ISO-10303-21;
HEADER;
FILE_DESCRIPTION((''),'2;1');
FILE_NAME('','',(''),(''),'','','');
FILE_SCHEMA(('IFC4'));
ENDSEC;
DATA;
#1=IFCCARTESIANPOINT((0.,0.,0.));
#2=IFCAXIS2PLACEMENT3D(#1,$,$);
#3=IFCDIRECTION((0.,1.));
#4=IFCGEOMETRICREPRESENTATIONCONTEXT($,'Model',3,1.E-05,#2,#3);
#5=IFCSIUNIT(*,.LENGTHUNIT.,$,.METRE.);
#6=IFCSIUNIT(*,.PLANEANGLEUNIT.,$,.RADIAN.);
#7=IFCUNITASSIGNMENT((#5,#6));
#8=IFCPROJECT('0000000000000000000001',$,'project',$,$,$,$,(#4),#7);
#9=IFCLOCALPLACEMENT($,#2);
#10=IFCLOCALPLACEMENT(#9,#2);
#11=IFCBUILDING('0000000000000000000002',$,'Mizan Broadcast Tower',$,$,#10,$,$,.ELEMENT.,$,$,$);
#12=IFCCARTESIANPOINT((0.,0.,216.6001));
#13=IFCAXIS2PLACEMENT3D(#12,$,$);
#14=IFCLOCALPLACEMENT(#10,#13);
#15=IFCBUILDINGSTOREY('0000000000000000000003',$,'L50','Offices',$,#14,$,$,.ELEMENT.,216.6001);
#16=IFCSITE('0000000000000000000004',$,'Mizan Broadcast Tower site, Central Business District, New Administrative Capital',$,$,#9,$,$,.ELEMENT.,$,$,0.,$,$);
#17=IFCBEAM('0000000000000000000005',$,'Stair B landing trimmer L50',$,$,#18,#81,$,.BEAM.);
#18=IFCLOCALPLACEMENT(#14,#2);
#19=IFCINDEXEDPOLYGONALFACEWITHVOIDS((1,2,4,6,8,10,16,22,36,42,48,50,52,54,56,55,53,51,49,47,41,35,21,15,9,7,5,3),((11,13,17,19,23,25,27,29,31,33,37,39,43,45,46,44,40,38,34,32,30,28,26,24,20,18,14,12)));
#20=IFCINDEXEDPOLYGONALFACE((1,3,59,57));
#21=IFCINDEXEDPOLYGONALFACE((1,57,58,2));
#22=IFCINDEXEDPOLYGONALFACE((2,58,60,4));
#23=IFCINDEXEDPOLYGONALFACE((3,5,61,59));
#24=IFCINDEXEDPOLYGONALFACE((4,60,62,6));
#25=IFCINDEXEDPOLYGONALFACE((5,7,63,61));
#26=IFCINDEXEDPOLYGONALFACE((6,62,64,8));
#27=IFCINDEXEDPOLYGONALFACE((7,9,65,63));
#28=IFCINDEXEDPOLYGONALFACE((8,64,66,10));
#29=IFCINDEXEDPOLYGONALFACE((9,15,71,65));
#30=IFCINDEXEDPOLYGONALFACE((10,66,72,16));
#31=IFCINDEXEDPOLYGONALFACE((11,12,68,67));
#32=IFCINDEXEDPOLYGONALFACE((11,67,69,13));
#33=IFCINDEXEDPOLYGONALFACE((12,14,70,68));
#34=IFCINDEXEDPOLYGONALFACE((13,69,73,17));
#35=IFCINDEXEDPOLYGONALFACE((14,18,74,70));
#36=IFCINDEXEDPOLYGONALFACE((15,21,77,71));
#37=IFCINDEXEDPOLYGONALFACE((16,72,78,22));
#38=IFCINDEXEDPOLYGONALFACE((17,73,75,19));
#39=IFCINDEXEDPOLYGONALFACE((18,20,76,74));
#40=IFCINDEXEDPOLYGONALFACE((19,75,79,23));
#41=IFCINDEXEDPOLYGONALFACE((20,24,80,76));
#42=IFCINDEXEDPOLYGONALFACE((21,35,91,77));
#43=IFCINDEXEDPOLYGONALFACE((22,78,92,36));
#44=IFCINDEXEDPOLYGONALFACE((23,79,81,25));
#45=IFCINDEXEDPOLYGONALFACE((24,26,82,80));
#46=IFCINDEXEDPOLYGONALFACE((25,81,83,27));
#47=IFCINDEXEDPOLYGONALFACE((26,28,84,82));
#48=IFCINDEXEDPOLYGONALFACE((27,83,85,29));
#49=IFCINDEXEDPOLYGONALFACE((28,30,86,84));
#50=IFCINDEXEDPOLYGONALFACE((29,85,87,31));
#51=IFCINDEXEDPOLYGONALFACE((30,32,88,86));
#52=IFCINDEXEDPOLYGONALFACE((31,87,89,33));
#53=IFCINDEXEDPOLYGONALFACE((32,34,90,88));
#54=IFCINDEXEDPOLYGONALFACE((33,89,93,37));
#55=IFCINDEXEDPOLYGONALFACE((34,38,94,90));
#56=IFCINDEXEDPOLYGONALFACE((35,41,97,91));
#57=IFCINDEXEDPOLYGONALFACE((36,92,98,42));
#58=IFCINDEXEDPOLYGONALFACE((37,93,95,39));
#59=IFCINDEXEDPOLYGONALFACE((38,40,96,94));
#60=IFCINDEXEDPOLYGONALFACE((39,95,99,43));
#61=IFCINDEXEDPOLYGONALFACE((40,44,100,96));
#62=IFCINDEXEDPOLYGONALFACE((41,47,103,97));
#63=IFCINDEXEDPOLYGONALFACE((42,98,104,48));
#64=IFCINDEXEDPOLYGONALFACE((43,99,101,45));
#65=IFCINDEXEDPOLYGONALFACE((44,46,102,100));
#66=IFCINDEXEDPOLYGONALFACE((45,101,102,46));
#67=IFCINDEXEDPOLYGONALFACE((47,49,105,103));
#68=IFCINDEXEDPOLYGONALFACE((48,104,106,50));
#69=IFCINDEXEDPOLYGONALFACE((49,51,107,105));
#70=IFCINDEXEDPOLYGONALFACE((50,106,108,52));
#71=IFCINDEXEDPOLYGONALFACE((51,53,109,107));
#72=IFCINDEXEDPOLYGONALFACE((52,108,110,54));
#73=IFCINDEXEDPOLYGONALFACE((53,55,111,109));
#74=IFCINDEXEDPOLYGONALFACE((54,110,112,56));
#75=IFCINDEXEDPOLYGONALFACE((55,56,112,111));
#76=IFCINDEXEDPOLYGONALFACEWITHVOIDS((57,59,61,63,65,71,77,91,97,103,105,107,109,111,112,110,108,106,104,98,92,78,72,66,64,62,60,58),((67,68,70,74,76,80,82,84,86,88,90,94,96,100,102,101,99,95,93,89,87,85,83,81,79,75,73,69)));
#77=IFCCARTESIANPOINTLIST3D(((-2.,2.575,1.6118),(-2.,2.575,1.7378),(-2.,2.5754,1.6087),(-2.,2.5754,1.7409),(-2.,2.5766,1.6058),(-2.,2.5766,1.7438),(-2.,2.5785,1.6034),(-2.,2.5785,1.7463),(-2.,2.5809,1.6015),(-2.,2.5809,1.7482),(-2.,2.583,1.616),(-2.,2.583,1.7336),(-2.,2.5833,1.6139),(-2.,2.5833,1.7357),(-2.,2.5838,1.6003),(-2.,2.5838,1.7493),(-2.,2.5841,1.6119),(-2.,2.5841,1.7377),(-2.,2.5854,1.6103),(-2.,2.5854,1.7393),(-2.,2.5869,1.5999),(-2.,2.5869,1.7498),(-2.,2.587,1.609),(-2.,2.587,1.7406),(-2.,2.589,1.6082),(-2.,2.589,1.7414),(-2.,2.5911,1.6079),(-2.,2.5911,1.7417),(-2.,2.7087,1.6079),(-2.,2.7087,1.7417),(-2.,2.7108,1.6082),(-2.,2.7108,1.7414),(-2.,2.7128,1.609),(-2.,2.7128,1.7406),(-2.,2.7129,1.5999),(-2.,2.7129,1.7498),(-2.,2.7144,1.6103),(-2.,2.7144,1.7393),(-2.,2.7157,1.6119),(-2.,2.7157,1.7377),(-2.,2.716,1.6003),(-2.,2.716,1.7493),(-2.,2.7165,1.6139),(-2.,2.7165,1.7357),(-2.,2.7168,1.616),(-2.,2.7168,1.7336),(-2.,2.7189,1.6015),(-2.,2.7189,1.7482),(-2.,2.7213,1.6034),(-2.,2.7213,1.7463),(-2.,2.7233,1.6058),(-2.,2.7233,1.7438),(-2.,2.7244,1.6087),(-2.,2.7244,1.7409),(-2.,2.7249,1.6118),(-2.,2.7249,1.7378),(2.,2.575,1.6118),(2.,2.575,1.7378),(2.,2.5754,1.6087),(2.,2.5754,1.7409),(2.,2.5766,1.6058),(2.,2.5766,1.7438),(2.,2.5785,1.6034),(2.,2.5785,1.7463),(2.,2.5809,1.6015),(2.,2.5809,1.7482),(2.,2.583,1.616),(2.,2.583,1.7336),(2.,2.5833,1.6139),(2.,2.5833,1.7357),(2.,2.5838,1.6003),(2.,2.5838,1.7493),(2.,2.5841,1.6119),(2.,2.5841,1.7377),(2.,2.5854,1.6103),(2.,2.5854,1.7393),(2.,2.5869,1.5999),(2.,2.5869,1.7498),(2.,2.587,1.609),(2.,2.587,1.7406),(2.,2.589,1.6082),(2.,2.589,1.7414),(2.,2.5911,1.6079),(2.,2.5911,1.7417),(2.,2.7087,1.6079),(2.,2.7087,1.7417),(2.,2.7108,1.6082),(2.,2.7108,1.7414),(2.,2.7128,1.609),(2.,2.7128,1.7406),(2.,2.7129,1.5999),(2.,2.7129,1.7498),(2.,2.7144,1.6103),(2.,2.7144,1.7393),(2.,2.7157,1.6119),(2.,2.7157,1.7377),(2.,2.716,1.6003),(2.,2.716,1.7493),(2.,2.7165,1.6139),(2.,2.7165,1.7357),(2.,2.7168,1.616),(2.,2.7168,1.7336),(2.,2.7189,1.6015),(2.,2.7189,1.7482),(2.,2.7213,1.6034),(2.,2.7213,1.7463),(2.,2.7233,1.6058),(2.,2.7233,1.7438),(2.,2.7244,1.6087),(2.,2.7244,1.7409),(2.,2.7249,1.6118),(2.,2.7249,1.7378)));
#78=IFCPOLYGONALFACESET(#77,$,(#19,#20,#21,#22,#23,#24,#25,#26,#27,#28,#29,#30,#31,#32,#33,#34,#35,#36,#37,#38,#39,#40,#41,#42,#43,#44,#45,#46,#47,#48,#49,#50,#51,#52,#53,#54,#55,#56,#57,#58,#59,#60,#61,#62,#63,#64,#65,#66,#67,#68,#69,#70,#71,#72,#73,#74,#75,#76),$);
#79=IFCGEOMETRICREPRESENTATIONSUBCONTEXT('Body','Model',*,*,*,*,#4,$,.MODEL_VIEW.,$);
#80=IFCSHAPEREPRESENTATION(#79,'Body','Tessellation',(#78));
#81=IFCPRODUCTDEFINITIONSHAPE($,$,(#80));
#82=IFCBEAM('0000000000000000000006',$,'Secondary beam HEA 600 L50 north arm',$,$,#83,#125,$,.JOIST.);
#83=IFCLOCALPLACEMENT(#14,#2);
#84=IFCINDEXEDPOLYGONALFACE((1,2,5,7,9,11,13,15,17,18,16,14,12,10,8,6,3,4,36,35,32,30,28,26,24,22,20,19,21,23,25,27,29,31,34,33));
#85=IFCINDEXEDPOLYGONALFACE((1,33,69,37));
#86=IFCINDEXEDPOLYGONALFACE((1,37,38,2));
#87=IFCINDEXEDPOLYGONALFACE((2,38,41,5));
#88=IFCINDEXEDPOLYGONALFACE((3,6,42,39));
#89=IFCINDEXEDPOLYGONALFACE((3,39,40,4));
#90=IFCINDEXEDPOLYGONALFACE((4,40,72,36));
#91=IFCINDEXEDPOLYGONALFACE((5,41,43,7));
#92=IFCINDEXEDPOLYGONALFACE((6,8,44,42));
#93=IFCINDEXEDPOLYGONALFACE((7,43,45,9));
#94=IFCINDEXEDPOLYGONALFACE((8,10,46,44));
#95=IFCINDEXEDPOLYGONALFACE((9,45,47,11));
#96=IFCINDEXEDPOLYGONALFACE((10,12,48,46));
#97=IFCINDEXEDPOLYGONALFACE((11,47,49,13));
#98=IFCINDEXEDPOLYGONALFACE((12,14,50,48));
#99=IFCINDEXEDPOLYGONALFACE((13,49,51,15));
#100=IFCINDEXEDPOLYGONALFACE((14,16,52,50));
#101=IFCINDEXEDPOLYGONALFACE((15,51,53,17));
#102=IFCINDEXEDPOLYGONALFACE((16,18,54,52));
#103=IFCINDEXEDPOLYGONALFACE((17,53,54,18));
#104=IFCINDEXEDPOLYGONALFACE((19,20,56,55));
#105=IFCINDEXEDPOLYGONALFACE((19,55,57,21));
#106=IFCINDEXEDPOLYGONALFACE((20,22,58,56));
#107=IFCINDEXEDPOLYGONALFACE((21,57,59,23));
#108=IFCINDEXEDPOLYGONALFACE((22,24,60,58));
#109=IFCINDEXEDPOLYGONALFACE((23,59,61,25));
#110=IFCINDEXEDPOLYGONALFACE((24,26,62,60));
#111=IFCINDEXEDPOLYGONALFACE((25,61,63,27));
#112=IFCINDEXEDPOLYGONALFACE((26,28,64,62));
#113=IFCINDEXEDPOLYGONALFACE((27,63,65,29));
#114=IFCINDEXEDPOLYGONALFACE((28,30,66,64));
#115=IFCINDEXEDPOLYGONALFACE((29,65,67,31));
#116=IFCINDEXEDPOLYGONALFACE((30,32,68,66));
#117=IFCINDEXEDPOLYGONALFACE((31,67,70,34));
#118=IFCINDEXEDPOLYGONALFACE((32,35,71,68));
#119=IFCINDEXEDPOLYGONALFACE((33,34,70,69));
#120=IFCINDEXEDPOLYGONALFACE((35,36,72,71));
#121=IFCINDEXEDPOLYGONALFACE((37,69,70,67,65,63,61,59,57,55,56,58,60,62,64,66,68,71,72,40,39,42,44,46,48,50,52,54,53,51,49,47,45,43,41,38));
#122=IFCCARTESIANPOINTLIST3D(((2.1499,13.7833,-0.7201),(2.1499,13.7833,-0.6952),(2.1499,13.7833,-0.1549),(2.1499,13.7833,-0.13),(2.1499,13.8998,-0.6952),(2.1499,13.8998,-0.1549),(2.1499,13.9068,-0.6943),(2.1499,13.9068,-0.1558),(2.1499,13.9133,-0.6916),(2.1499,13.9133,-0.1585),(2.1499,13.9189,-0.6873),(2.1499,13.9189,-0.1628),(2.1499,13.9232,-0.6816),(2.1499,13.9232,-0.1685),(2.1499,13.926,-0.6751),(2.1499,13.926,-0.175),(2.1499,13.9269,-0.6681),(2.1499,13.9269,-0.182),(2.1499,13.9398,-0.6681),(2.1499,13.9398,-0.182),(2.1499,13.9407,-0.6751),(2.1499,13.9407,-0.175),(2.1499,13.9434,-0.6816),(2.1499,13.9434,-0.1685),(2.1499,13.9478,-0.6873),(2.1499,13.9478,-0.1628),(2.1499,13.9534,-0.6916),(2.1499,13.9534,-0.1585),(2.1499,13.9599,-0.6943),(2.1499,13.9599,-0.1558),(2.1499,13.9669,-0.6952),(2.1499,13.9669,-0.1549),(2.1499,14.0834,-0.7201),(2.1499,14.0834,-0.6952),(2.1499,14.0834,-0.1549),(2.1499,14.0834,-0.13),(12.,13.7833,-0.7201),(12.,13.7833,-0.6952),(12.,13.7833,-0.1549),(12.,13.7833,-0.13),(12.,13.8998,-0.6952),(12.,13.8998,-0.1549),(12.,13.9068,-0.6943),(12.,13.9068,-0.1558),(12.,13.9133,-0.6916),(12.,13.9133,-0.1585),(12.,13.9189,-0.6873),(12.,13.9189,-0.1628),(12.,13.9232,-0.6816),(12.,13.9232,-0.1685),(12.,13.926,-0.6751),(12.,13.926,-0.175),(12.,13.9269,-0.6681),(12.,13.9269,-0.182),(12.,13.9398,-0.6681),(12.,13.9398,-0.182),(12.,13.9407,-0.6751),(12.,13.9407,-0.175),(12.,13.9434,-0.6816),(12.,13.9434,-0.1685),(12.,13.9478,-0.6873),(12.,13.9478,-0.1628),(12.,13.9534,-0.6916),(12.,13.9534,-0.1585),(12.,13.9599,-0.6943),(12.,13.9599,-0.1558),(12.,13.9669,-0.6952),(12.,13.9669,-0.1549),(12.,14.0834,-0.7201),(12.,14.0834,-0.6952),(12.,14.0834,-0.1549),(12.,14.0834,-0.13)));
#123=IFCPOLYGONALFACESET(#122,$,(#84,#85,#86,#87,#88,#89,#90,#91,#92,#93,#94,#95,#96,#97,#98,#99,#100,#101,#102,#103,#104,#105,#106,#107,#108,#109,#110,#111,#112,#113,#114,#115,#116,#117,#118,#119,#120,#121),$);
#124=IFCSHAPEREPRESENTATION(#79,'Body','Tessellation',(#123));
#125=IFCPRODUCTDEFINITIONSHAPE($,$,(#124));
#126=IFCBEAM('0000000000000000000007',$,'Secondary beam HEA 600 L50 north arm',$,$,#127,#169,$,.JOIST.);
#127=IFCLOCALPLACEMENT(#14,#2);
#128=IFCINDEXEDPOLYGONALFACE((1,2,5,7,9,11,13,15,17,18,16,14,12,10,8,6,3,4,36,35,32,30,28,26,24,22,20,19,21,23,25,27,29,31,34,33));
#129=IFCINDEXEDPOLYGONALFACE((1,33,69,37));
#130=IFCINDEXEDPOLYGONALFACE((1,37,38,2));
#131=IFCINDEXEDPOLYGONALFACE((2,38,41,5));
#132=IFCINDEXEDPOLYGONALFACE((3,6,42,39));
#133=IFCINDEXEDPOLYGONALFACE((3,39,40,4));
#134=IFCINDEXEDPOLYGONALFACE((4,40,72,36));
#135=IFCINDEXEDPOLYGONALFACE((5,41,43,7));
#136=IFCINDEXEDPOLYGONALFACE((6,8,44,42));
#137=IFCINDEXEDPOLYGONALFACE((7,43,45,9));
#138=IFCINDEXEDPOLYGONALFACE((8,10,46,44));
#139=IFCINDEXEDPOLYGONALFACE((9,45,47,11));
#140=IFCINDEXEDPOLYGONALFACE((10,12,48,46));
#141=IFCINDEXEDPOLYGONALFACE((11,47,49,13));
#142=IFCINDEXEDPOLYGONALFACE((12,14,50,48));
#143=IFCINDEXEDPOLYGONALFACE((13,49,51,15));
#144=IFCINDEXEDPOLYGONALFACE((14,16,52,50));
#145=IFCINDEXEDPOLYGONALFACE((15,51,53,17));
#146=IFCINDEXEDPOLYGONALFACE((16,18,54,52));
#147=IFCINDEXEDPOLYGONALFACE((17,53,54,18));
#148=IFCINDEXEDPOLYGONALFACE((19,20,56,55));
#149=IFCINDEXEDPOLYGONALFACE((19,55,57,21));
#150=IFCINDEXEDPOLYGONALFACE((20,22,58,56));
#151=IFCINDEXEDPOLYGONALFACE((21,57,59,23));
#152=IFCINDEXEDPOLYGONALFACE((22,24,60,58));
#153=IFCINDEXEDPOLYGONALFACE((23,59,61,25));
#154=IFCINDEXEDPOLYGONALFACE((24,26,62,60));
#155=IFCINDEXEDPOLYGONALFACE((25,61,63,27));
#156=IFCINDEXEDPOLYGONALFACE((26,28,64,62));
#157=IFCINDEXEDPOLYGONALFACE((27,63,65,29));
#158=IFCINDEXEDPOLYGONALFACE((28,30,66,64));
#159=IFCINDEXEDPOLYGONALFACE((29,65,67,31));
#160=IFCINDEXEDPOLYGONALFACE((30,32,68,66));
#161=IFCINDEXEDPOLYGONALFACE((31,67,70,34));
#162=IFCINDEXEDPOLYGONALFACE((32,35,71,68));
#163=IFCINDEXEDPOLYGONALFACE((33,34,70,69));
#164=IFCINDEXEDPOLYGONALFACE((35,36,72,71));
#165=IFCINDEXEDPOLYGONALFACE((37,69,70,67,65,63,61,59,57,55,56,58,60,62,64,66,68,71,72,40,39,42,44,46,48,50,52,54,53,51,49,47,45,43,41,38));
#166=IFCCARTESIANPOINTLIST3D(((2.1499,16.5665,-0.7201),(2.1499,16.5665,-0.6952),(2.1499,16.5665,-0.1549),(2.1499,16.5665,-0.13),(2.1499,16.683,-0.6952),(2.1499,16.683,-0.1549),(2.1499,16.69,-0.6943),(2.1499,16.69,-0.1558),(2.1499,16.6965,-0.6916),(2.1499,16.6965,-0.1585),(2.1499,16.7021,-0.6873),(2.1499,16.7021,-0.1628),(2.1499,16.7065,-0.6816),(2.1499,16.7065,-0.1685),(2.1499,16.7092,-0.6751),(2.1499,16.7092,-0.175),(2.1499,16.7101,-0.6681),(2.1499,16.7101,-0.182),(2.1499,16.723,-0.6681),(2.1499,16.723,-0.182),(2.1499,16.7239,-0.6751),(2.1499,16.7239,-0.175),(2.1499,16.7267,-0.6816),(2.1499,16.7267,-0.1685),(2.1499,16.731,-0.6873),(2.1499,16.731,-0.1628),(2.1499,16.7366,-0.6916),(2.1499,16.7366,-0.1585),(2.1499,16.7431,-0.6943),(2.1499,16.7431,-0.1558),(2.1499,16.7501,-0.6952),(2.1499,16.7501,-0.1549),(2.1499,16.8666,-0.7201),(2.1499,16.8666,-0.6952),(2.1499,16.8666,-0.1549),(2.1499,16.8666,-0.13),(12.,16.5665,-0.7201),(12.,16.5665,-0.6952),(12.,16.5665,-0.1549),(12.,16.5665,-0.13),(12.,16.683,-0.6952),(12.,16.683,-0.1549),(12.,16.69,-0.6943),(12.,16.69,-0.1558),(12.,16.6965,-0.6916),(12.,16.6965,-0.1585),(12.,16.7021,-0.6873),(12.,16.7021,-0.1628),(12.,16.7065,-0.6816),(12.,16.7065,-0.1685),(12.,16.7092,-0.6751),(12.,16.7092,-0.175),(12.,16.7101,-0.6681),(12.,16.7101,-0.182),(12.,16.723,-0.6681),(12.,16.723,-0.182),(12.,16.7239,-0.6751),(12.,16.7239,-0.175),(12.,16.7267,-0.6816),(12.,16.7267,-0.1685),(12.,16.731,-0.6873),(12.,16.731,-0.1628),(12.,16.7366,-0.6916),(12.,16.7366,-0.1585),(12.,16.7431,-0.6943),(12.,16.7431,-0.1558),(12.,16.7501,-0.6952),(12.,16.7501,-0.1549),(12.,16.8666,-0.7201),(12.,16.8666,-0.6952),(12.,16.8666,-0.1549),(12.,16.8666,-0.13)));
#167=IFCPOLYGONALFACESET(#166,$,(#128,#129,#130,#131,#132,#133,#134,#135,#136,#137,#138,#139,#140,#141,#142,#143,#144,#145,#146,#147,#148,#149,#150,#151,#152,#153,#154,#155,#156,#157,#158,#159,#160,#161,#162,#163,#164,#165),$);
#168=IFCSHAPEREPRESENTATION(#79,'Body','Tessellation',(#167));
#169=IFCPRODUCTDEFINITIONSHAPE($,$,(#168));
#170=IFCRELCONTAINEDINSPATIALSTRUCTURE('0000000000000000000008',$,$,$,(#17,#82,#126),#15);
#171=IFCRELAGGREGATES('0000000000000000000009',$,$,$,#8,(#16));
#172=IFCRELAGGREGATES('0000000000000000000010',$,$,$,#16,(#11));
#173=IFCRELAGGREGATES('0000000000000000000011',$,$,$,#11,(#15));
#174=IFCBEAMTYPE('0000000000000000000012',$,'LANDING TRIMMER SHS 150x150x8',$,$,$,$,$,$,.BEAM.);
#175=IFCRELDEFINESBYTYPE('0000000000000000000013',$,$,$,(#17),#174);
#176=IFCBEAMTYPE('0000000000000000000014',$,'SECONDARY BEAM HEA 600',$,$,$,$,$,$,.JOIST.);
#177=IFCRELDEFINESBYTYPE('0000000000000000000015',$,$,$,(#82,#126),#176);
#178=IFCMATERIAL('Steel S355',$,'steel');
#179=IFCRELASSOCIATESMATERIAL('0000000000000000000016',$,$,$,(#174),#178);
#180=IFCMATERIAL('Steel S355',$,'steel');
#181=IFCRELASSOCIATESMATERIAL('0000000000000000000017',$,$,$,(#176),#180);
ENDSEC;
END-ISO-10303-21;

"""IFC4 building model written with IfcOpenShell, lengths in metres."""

from ifc_helpers import new_model, si_unit, direction, frame, origin, origin_2d, place, context, subcontext, project, spatial, hollow_rectangle, i_section, extrude, material, material_profile, profile_set, type_object, element, save


model = new_model("IFC4")

# Units and contexts
model_context = context("Model", 3, precision=1e-05, world=origin(), true_north=direction((0.0, 1.0)))
body_context = subcontext(model_context, "Body", "Model", "MODEL_VIEW")
ifc_project = project(units=[si_unit("LENGTHUNIT", "METRE"), si_unit("PLANEANGLEUNIT", "RADIAN")], contexts=[model_context])

# Site, building, storey
site_placement = place(None, origin())
site = spatial("IfcSite", under=ifc_project, at=site_placement, Name="Mizan Broadcast Tower site, Central Business District, New Administrative Capital", CompositionType="ELEMENT", RefElevation=0.0)
building_placement = place(site_placement, origin())
building = spatial("IfcBuilding", under=site, at=building_placement, Name="Mizan Broadcast Tower", CompositionType="ELEMENT")
storey_placement = place(building_placement, frame((0.0, 0.0, 216.6001)))
storey = spatial("IfcBuildingStorey", under=building, at=storey_placement, Name="L50", Description="Offices", CompositionType="ELEMENT", Elevation=216.6001)

# Beams
ifc_material_1 = material(Name="Steel S355", Category="steel")
ifc_material_profile_1 = material_profile(ifc_material_1, hollow_rectangle(XDim=0.1499, YDim=0.1499, WallThickness=0.0081, InnerFilletRadius=0.0081, OuterFilletRadius=0.012, at=origin_2d()), Name="SHS 150x150x8")
ifc_profile_set_1 = profile_set([ifc_material_profile_1], Name="Steel S355")
beam_type_1 = type_object("IfcBeamType", Name="LANDING TRIMMER SHS 150x150x8", PredefinedType="BEAM", material=ifc_profile_set_1)
for number, where, z_axis, x_axis, name in (
    (1, (2.0, 2.6499, 1.6748), (-1.0, 0.0, 0.0), (0.0, -1.0, 0.0), "Stair B landing trimmer L50"),
):
    element("IfcBeam", number, at=place(storey_placement, frame(where, z_axis=z_axis, x_axis=x_axis)), inside=storey, type_object=beam_type_1, Name=name, PredefinedType="BEAM", context=body_context, shape_type="SweptSolid", body=[
        extrude(hollow_rectangle(XDim=0.1499, YDim=0.1499, WallThickness=0.0081, InnerFilletRadius=0.0081, OuterFilletRadius=0.012, at=origin_2d()), origin(), (0.0, 0.0, 1.0), 4.0),
    ])
ifc_material_2 = material(Name="Steel S355", Category="steel")
ifc_material_profile_2 = material_profile(ifc_material_2, i_section(OverallWidth=0.3, OverallDepth=0.5901, WebThickness=0.0129, FlangeThickness=0.0249, FilletRadius=0.0271, at=origin_2d()), Name="HEA 600")
ifc_profile_set_2 = profile_set([ifc_material_profile_2], Name="Steel S355")
beam_type_2 = type_object("IfcBeamType", Name="SECONDARY BEAM HEA 600", PredefinedType="JOIST", material=ifc_profile_set_2)
for number, where, z_axis, x_axis, name in (
    (2, (12.0, 13.9333, -0.425), (-1.0, 0.0, 0.0), (0.0, -1.0, 0.0), "Secondary beam HEA 600 L50 north arm"),
    (3, (12.0, 16.7166, -0.425), (-1.0, 0.0, 0.0), (0.0, -1.0, 0.0), "Secondary beam HEA 600 L50 north arm"),
):
    element("IfcBeam", number, at=place(storey_placement, frame(where, z_axis=z_axis, x_axis=x_axis)), inside=storey, type_object=beam_type_2, Name=name, PredefinedType="JOIST", context=body_context, shape_type="SweptSolid", body=[
        extrude(i_section(OverallWidth=0.3, OverallDepth=0.5901, WebThickness=0.0129, FlangeThickness=0.0249, FilletRadius=0.0271, at=origin_2d()), origin(), (0.0, 0.0, 1.0), 9.8501),
    ])

save(model, "model.ifc")
